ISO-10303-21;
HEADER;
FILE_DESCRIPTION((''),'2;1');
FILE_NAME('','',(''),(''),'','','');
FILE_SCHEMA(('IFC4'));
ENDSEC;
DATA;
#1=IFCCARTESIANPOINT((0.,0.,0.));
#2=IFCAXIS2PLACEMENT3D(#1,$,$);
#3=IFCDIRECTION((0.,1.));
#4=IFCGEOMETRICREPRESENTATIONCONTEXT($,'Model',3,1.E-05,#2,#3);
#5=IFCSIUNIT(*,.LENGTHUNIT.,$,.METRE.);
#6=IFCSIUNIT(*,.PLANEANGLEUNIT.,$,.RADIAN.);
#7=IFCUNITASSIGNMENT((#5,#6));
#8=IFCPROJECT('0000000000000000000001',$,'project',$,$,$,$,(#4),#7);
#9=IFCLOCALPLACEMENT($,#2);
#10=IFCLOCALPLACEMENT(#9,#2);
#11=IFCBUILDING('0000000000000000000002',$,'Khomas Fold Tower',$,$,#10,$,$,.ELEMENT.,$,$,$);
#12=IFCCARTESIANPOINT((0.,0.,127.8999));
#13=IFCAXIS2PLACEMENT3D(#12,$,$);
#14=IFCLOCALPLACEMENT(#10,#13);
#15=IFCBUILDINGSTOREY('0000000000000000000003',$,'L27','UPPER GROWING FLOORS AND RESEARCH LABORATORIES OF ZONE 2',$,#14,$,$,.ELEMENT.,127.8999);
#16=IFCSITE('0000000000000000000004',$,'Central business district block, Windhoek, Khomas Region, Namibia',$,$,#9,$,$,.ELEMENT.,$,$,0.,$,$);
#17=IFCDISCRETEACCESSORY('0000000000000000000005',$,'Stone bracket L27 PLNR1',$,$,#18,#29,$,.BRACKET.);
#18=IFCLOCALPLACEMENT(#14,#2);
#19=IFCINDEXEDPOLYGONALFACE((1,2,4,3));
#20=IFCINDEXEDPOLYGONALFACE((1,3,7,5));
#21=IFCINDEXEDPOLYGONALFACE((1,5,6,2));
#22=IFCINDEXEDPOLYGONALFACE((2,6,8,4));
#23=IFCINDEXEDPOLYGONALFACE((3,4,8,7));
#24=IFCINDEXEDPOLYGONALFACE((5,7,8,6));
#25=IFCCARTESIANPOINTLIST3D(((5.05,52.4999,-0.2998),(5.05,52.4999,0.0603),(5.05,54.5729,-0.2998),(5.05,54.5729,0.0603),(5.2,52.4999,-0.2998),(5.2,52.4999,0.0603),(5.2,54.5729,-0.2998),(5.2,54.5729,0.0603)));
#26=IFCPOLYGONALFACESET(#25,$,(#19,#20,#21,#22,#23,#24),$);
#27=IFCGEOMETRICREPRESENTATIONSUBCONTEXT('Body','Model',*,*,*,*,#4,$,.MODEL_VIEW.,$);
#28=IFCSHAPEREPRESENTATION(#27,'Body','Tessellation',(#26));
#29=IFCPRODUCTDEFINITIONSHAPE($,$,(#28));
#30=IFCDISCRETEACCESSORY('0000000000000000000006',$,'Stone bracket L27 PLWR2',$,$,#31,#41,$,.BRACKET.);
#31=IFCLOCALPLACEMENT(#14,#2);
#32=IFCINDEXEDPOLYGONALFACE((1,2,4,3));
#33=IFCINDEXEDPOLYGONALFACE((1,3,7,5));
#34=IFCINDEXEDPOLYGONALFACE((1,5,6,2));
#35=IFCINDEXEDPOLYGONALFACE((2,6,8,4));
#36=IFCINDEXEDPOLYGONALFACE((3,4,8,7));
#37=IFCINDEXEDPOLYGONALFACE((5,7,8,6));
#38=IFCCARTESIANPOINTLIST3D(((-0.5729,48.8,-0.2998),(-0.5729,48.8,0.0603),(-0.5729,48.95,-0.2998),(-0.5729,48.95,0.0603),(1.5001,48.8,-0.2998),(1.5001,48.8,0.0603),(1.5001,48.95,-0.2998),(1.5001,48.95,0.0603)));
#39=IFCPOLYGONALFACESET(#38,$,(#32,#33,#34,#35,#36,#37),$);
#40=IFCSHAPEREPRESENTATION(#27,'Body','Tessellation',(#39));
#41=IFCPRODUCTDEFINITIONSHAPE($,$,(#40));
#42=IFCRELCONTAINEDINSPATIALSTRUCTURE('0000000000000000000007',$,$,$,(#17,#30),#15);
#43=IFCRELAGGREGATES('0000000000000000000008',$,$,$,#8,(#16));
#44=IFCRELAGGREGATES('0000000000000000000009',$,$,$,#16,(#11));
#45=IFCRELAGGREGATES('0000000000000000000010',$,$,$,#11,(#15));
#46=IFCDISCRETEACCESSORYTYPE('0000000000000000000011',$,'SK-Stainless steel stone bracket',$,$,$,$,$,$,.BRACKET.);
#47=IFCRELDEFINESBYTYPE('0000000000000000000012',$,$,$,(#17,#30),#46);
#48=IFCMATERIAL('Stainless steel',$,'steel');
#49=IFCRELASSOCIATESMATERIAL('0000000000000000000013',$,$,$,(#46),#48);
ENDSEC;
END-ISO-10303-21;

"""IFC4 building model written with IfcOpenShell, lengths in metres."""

from ifc_helpers import new_model, si_unit, direction, frame, origin, origin_2d, place, context, subcontext, project, spatial, rectangle, extrude, source, transform, mapped, material, type_object, element, save


model = new_model("IFC4")

# Units and contexts
model_context = context("Model", 3, precision=1e-05, world=origin(), true_north=direction((0.0, 1.0)))
body_context = subcontext(model_context, "Body", "Model", "MODEL_VIEW")
ifc_project = project(units=[si_unit("LENGTHUNIT", "METRE"), si_unit("PLANEANGLEUNIT", "RADIAN")], contexts=[model_context])

# Site, building, storey
site_placement = place(None, origin())
site = spatial("IfcSite", under=ifc_project, at=site_placement, Name="Central business district block, Windhoek, Khomas Region, Namibia", CompositionType="ELEMENT", RefElevation=0.0)
building_placement = place(site_placement, origin())
building = spatial("IfcBuilding", under=site, at=building_placement, Name="Khomas Fold Tower", CompositionType="ELEMENT")
storey_placement = place(building_placement, frame((0.0, 0.0, 127.8999)))
storey = spatial("IfcBuildingStorey", under=building, at=storey_placement, Name="L27", Description="UPPER GROWING FLOORS AND RESEARCH LABORATORIES OF ZONE 2", CompositionType="ELEMENT", Elevation=127.8999)

# Discrete accessories
ifc_material_1 = material(Name="Stainless steel", Category="steel")
discrete_accessory_type = type_object("IfcDiscreteAccessoryType", Name="SK-Stainless steel stone bracket", PredefinedType="BRACKET", material=ifc_material_1)
shared_shape_1 = source(origin(), body_context, "Body", "SweptSolid", [
    extrude(rectangle(XDim=2.073, YDim=0.1499, at=origin_2d()), origin(), (0.0, 0.0, 1.0), 0.3601),
])
for number, where, z_axis, x_axis, name in (
    (1, (5.125, 53.5364, -0.2998), (0.0, 0.0, 1.0), (0.0, 1.0, 0.0), "Stone bracket L27 PLNR1"),
    (2, (0.4636, 48.875, -0.2998), (0.0, 0.0, 1.0), (-1.0, 0.0, 0.0), "Stone bracket L27 PLWR2"),
):
    element("IfcDiscreteAccessory", number, at=place(storey_placement, frame(where, z_axis=z_axis, x_axis=x_axis)), inside=storey, type_object=discrete_accessory_type, Name=name, PredefinedType="BRACKET", context=body_context, shape_type="MappedRepresentation", body=[
        mapped(shared_shape_1, transform((0.0, 0.0, 0.0))),
    ])

save(model, "model.ifc")
